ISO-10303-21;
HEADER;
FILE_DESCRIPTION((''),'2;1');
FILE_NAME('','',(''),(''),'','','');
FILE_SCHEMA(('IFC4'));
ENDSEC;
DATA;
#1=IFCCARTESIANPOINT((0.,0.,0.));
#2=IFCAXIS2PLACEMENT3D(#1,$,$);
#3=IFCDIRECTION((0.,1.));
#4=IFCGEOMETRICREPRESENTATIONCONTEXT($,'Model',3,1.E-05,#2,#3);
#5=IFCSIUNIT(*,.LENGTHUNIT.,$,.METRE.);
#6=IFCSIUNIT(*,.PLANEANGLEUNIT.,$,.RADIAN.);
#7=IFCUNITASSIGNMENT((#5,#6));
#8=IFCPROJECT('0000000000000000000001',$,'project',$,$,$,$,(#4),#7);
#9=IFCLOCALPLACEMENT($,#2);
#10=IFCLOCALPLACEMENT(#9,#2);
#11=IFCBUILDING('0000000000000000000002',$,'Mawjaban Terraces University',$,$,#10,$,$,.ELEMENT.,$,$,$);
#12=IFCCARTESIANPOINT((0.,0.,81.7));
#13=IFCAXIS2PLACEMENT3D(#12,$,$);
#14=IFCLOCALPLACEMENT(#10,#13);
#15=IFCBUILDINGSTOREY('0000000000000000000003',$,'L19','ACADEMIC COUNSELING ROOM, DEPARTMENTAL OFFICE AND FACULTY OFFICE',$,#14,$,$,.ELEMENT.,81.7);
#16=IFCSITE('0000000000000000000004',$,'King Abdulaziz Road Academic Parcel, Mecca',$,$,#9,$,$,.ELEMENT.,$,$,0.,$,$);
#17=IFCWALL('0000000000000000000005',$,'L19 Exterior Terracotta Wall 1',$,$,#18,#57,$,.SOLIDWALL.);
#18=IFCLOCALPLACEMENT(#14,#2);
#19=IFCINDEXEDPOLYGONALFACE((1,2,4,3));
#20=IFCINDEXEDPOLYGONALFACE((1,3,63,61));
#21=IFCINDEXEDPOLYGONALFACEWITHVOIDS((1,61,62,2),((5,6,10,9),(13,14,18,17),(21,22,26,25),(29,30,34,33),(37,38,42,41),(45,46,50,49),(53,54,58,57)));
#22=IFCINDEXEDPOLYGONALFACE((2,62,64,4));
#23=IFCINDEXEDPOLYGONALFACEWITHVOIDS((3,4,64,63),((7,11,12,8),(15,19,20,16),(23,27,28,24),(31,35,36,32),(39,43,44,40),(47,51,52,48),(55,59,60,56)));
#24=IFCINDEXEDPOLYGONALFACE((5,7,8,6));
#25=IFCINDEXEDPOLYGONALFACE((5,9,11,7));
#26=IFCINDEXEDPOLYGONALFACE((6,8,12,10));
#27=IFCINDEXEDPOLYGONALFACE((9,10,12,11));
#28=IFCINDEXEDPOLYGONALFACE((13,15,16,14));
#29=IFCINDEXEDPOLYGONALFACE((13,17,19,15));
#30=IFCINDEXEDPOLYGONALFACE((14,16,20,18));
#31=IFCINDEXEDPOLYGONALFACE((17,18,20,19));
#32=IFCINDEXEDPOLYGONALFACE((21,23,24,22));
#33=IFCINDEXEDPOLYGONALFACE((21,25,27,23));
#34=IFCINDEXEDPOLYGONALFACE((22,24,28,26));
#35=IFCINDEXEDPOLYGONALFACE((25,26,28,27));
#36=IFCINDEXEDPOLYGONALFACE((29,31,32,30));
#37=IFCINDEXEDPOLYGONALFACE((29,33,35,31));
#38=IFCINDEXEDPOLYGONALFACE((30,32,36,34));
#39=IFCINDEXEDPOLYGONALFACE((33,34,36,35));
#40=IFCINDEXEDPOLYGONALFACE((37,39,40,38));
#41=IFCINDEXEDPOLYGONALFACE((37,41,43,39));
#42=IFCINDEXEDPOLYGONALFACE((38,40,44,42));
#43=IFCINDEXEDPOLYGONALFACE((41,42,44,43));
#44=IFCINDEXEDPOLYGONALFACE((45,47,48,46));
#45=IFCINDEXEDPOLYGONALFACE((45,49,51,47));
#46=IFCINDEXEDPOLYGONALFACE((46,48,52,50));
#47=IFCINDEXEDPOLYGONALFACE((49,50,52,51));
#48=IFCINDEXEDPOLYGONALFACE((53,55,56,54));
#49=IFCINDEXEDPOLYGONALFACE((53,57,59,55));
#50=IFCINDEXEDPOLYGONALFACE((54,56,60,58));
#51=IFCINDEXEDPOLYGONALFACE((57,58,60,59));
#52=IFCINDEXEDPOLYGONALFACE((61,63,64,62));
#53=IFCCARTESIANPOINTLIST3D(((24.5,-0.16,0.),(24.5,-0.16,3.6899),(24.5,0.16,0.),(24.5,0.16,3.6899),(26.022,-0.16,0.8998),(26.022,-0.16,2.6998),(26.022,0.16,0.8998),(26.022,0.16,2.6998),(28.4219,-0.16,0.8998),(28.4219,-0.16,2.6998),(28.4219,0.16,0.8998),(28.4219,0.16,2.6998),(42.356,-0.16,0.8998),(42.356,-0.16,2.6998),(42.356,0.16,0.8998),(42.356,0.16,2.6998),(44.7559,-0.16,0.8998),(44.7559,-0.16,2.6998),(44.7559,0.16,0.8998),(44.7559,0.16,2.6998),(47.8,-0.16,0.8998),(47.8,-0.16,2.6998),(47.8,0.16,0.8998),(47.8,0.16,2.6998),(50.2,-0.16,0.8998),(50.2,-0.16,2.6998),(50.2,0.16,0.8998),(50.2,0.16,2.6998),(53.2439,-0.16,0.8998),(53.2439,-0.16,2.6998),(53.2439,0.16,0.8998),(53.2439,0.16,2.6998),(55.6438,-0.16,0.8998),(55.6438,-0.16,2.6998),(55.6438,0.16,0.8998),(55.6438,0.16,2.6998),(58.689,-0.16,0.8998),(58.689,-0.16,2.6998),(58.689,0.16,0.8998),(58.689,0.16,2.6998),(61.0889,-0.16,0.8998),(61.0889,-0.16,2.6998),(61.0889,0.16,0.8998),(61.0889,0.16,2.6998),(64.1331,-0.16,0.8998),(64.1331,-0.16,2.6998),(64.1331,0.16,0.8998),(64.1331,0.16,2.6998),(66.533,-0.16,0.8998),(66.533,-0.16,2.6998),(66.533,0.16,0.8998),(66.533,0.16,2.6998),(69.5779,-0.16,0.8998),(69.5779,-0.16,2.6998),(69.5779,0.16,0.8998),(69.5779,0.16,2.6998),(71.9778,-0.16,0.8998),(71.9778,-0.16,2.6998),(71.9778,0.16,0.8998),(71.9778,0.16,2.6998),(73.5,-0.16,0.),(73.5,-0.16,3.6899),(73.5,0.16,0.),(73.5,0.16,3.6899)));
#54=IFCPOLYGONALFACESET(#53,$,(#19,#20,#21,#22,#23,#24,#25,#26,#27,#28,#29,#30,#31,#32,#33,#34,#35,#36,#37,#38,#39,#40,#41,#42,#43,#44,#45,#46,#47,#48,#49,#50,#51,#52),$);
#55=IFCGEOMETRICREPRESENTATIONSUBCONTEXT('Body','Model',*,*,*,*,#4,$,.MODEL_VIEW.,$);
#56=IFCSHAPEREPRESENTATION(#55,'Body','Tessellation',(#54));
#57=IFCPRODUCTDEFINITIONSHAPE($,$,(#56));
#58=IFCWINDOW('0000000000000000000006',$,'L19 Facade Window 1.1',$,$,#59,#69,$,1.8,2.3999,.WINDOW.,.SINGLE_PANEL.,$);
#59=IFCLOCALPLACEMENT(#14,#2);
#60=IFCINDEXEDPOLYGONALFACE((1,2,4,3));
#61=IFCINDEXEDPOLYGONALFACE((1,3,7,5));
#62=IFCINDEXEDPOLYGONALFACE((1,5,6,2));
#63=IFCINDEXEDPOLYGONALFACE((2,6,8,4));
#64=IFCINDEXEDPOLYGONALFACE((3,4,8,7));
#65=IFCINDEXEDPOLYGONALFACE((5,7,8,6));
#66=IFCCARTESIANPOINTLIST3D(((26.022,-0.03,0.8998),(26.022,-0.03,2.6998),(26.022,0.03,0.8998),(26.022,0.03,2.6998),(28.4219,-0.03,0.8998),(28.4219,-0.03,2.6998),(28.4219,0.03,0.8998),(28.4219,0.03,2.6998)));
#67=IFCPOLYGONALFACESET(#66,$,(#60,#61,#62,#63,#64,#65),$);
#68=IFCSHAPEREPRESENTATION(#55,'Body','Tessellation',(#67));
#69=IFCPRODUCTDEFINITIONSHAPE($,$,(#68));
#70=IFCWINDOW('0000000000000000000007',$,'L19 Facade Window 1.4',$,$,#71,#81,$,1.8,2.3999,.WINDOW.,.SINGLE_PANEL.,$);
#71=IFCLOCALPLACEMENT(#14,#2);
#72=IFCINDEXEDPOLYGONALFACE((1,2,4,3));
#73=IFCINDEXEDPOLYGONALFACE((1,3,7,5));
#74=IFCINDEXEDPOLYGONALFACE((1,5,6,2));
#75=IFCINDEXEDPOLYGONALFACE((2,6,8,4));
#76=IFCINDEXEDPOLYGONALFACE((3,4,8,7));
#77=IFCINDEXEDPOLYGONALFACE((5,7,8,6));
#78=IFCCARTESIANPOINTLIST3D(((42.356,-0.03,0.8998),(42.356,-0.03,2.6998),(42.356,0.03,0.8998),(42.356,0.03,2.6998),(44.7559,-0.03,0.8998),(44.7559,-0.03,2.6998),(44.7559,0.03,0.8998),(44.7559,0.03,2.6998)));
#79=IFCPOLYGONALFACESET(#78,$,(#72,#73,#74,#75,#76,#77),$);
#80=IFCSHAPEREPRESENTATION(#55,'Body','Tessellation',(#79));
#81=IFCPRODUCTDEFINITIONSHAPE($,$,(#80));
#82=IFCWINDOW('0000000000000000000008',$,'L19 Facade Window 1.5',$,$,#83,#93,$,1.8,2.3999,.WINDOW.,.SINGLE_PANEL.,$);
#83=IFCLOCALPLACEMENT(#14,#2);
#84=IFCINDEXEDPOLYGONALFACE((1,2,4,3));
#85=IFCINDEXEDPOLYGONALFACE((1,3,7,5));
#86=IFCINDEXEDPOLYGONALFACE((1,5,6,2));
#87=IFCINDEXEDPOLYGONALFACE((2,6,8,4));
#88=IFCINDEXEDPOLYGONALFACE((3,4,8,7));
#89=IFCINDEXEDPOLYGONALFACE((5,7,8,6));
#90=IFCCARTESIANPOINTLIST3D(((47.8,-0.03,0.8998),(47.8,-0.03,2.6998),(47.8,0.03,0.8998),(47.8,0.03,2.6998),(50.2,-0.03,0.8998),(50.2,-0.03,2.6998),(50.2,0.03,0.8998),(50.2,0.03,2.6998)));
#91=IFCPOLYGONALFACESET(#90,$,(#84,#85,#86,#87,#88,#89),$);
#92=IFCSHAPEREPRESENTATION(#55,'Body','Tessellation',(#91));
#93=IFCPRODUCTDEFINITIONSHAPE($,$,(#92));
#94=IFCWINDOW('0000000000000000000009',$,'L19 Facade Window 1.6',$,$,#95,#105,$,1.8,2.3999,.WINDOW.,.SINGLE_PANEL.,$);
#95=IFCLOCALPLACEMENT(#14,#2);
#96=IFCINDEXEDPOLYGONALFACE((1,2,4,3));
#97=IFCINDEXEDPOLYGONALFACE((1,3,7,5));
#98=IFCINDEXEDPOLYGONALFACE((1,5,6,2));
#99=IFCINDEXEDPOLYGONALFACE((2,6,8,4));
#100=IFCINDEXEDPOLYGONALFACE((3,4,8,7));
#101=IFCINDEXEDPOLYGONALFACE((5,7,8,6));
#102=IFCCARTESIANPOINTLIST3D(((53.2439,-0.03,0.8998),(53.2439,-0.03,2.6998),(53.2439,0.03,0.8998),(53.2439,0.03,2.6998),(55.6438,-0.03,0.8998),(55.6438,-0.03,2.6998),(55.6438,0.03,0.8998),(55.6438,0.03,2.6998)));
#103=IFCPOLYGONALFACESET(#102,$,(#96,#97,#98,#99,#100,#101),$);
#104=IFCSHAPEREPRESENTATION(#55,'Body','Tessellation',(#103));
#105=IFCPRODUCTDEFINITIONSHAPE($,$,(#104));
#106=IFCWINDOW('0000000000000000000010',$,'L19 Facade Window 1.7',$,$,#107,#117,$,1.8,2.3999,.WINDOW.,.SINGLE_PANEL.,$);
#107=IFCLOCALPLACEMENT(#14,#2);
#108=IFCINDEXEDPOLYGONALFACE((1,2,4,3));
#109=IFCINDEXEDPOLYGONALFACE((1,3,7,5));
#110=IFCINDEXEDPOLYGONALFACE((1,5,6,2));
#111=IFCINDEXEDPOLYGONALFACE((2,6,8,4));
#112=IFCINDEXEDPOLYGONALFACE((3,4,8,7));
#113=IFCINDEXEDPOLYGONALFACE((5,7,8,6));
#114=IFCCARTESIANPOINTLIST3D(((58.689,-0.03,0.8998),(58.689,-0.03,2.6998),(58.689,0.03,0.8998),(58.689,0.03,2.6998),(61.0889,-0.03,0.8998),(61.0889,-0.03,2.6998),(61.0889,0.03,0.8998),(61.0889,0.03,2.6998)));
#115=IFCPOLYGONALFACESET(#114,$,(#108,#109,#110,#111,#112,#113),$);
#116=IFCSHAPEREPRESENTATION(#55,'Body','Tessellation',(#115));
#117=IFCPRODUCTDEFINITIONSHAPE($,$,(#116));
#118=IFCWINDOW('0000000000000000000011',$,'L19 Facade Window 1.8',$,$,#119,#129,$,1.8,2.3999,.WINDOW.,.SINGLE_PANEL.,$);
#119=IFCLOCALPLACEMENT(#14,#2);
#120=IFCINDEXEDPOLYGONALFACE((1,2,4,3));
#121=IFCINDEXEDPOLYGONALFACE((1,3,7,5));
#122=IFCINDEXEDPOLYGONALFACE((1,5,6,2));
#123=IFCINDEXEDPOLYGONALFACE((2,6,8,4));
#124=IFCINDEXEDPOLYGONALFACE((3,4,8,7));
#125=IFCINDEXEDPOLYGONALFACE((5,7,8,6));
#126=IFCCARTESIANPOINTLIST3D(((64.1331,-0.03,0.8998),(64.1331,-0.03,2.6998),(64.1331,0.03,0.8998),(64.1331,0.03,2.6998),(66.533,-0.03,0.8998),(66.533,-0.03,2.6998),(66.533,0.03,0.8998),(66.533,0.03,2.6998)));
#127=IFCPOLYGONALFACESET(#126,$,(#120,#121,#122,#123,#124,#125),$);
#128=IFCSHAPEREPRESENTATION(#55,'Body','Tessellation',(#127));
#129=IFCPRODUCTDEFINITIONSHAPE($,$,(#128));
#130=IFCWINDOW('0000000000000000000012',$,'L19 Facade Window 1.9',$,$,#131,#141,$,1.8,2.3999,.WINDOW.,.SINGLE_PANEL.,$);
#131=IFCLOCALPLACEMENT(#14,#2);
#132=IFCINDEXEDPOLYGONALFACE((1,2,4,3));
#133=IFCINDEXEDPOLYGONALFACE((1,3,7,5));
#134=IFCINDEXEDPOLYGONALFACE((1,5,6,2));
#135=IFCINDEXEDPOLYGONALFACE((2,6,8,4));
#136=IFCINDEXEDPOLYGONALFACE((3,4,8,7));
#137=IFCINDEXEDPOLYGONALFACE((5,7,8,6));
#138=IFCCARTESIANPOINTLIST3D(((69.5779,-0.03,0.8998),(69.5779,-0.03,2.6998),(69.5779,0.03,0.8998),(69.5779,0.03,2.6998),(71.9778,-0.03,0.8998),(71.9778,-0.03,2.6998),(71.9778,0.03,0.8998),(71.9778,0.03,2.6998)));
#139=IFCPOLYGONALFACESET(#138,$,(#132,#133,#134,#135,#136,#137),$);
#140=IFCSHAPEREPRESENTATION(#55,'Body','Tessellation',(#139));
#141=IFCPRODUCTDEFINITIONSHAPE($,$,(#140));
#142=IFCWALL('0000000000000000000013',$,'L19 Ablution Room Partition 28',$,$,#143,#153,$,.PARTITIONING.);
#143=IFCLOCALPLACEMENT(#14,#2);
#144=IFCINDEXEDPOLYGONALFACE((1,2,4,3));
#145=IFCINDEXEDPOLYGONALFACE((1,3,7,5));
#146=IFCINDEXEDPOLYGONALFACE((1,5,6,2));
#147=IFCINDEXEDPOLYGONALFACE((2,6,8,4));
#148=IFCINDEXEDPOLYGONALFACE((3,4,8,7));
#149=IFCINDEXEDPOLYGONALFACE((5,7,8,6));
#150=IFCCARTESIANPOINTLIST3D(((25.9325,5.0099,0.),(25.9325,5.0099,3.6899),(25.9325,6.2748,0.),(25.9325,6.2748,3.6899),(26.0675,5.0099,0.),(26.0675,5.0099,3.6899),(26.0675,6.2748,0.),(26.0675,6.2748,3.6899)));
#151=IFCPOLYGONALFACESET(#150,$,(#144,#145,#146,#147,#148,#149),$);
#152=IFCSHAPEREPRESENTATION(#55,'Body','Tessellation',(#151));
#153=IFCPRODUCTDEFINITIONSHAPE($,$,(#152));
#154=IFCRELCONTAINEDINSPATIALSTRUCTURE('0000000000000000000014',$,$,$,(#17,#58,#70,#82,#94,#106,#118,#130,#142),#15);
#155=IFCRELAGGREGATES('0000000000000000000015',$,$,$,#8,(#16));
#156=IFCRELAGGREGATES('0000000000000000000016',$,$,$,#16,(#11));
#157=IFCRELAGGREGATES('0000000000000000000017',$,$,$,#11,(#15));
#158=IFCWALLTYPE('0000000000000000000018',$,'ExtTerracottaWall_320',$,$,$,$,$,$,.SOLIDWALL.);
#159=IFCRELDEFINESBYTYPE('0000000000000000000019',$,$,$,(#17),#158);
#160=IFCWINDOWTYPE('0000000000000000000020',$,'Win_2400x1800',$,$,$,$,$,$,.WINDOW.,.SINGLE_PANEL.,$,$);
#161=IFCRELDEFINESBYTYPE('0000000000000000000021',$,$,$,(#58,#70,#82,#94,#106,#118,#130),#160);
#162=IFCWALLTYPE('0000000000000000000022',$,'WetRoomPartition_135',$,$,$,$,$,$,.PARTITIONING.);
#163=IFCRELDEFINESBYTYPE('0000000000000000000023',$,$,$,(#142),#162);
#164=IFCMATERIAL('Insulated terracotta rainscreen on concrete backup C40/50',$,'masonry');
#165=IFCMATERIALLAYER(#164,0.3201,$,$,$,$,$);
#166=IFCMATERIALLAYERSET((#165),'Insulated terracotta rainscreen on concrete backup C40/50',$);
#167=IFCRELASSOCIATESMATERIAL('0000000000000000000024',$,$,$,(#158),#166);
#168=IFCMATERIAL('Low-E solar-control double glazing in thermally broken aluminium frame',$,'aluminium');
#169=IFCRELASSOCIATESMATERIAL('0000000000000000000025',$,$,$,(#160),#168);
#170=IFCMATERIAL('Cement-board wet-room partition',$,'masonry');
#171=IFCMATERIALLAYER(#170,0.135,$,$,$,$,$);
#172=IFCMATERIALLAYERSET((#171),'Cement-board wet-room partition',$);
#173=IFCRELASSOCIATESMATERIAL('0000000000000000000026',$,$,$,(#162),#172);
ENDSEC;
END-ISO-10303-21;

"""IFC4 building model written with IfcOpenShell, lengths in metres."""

from ifc_helpers import new_model, si_unit, direction, frame, frame_2d, origin, place, context, subcontext, project, spatial, rectangle, extrude, material, layer, layer_set, type_object, element, fill, save


model = new_model("IFC4")

# Units and contexts
model_context = context("Model", 3, precision=1e-05, world=origin(), true_north=direction((0.0, 1.0)))
body_context = subcontext(model_context, "Body", "Model", "MODEL_VIEW")
ifc_project = project(units=[si_unit("LENGTHUNIT", "METRE"), si_unit("PLANEANGLEUNIT", "RADIAN")], contexts=[model_context])

# Site, building, storey
site_placement = place(None, origin())
site = spatial("IfcSite", under=ifc_project, at=site_placement, Name="King Abdulaziz Road Academic Parcel, Mecca", CompositionType="ELEMENT", RefElevation=0.0)
building_placement = place(site_placement, origin())
building = spatial("IfcBuilding", under=site, at=building_placement, Name="Mawjaban Terraces University", CompositionType="ELEMENT")
storey_placement = place(building_placement, frame((0.0, 0.0, 81.7)))
storey = spatial("IfcBuildingStorey", under=building, at=storey_placement, Name="L19", Description="ACADEMIC COUNSELING ROOM, DEPARTMENTAL OFFICE AND FACULTY OFFICE", CompositionType="ELEMENT", Elevation=81.7)

# Wall, openings, windows
ifc_material_1 = material(Name="Insulated terracotta rainscreen on concrete backup C40/50", Category="masonry")
ifc_layer_1 = layer(ifc_material_1, 0.3201)
ifc_layer_set_1 = layer_set([ifc_layer_1], Name="Insulated terracotta rainscreen on concrete backup C40/50")
wall_type_1 = type_object("IfcWallType", Name="ExtTerracottaWall_320", PredefinedType="SOLIDWALL", material=ifc_layer_set_1)
wall_1_placement = place(storey_placement, frame((24.5, 0.0, 0.0), z_axis=(0.0, 0.0, 1.0), x_axis=(1.0, 0.0, 0.0)))
wall_1 = element("IfcWall", 1, at=wall_1_placement, inside=storey, type_object=wall_type_1, Name="L19 Exterior Terracotta Wall 1", PredefinedType="SOLIDWALL", context=body_context, shape_type="SweptSolid", body=[
    extrude(rectangle(XDim=49.0, YDim=0.3201, at=frame_2d((24.5, 0.0))), origin(), (0.0, 0.0, 1.0), 3.6899),
])
opening_1_placement = place(wall_1_placement, frame((1.522, 0.0, 0.8999)))
opening_1 = element("IfcOpeningElement", 2, at=opening_1_placement, cuts=wall_1, PredefinedType="OPENING", context=body_context, shape_type="SweptSolid", body=[
    extrude(rectangle(XDim=2.3999, YDim=1.8, at=frame_2d((1.2, 0.8999))), frame((0.0, 0.1699, 0.0), z_axis=(0.0, -1.0, 0.0), x_axis=(1.0, 0.0, 0.0)), (0.0, 0.0, 1.0), 0.3401),
])
opening_2_placement = place(wall_1_placement, frame((17.856, 0.0, 0.8999)))
opening_2 = element("IfcOpeningElement", 3, at=opening_2_placement, cuts=wall_1, PredefinedType="OPENING", context=body_context, shape_type="SweptSolid", body=[
    extrude(rectangle(XDim=2.3999, YDim=1.8, at=frame_2d((1.2, 0.8999))), frame((0.0, 0.1699, 0.0), z_axis=(0.0, -1.0, 0.0), x_axis=(1.0, 0.0, 0.0)), (0.0, 0.0, 1.0), 0.3401),
])
opening_3_placement = place(wall_1_placement, frame((23.3, 0.0, 0.8999)))
opening_3 = element("IfcOpeningElement", 4, at=opening_3_placement, cuts=wall_1, PredefinedType="OPENING", context=body_context, shape_type="SweptSolid", body=[
    extrude(rectangle(XDim=2.3999, YDim=1.8, at=frame_2d((1.2, 0.8999))), frame((0.0, 0.1699, 0.0), z_axis=(0.0, -1.0, 0.0), x_axis=(1.0, 0.0, 0.0)), (0.0, 0.0, 1.0), 0.3401),
])
opening_4_placement = place(wall_1_placement, frame((28.7439, 0.0, 0.8999)))
opening_4 = element("IfcOpeningElement", 5, at=opening_4_placement, cuts=wall_1, PredefinedType="OPENING", context=body_context, shape_type="SweptSolid", body=[
    extrude(rectangle(XDim=2.3999, YDim=1.8, at=frame_2d((1.2, 0.8999))), frame((0.0, 0.1699, 0.0), z_axis=(0.0, -1.0, 0.0), x_axis=(1.0, 0.0, 0.0)), (0.0, 0.0, 1.0), 0.3401),
])
opening_5_placement = place(wall_1_placement, frame((34.189, 0.0, 0.8999)))
opening_5 = element("IfcOpeningElement", 6, at=opening_5_placement, cuts=wall_1, PredefinedType="OPENING", context=body_context, shape_type="SweptSolid", body=[
    extrude(rectangle(XDim=2.3999, YDim=1.8, at=frame_2d((1.2, 0.8999))), frame((0.0, 0.1699, 0.0), z_axis=(0.0, -1.0, 0.0), x_axis=(1.0, 0.0, 0.0)), (0.0, 0.0, 1.0), 0.3401),
])
opening_6_placement = place(wall_1_placement, frame((39.6331, 0.0, 0.8999)))
opening_6 = element("IfcOpeningElement", 7, at=opening_6_placement, cuts=wall_1, PredefinedType="OPENING", context=body_context, shape_type="SweptSolid", body=[
    extrude(rectangle(XDim=2.3999, YDim=1.8, at=frame_2d((1.2, 0.8999))), frame((0.0, 0.1699, 0.0), z_axis=(0.0, -1.0, 0.0), x_axis=(1.0, 0.0, 0.0)), (0.0, 0.0, 1.0), 0.3401),
])
opening_7_placement = place(wall_1_placement, frame((45.0779, 0.0, 0.8999)))
opening_7 = element("IfcOpeningElement", 8, at=opening_7_placement, cuts=wall_1, PredefinedType="OPENING", context=body_context, shape_type="SweptSolid", body=[
    extrude(rectangle(XDim=2.3999, YDim=1.8, at=frame_2d((1.2, 0.8999))), frame((0.0, 0.1699, 0.0), z_axis=(0.0, -1.0, 0.0), x_axis=(1.0, 0.0, 0.0)), (0.0, 0.0, 1.0), 0.3401),
])
ifc_material_2 = material(Name="Low-E solar-control double glazing in thermally broken aluminium frame", Category="aluminium")
window_type = type_object("IfcWindowType", Name="Win_2400x1800", PartitioningType="SINGLE_PANEL", PredefinedType="WINDOW", material=ifc_material_2)
window_1_placement = place(opening_1_placement, origin())
window_1 = element("IfcWindow", 9, at=window_1_placement, inside=storey, type_object=window_type, Name="L19 Facade Window 1.1", OverallHeight=1.8, OverallWidth=2.3999, PartitioningType="SINGLE_PANEL", PredefinedType="WINDOW", context=body_context, shape_type="SweptSolid", body=[
    extrude(rectangle(XDim=2.3999, YDim=1.8, at=frame_2d((1.2, 0.8999))), frame((0.0, 0.03, 0.0), z_axis=(0.0, -1.0, 0.0), x_axis=(1.0, 0.0, 0.0)), (0.0, 0.0, 1.0), 0.0601),
])
fill(opening_1, window_1)
window_2_placement = place(opening_2_placement, origin())
window_2 = element("IfcWindow", 10, at=window_2_placement, inside=storey, type_object=window_type, Name="L19 Facade Window 1.4", OverallHeight=1.8, OverallWidth=2.3999, PartitioningType="SINGLE_PANEL", PredefinedType="WINDOW", context=body_context, shape_type="SweptSolid", body=[
    extrude(rectangle(XDim=2.3999, YDim=1.8, at=frame_2d((1.2, 0.8999))), frame((0.0, 0.03, 0.0), z_axis=(0.0, -1.0, 0.0), x_axis=(1.0, 0.0, 0.0)), (0.0, 0.0, 1.0), 0.0601),
])
fill(opening_2, window_2)
window_3_placement = place(opening_3_placement, origin())
window_3 = element("IfcWindow", 11, at=window_3_placement, inside=storey, type_object=window_type, Name="L19 Facade Window 1.5", OverallHeight=1.8, OverallWidth=2.3999, PartitioningType="SINGLE_PANEL", PredefinedType="WINDOW", context=body_context, shape_type="SweptSolid", body=[
    extrude(rectangle(XDim=2.3999, YDim=1.8, at=frame_2d((1.2, 0.8999))), frame((0.0, 0.03, 0.0), z_axis=(0.0, -1.0, 0.0), x_axis=(1.0, 0.0, 0.0)), (0.0, 0.0, 1.0), 0.0601),
])
fill(opening_3, window_3)
window_4_placement = place(opening_4_placement, origin())
window_4 = element("IfcWindow", 12, at=window_4_placement, inside=storey, type_object=window_type, Name="L19 Facade Window 1.6", OverallHeight=1.8, OverallWidth=2.3999, PartitioningType="SINGLE_PANEL", PredefinedType="WINDOW", context=body_context, shape_type="SweptSolid", body=[
    extrude(rectangle(XDim=2.3999, YDim=1.8, at=frame_2d((1.2, 0.8999))), frame((0.0, 0.03, 0.0), z_axis=(0.0, -1.0, 0.0), x_axis=(1.0, 0.0, 0.0)), (0.0, 0.0, 1.0), 0.0601),
])
fill(opening_4, window_4)
window_5_placement = place(opening_5_placement, origin())
window_5 = element("IfcWindow", 13, at=window_5_placement, inside=storey, type_object=window_type, Name="L19 Facade Window 1.7", OverallHeight=1.8, OverallWidth=2.3999, PartitioningType="SINGLE_PANEL", PredefinedType="WINDOW", context=body_context, shape_type="SweptSolid", body=[
    extrude(rectangle(XDim=2.3999, YDim=1.8, at=frame_2d((1.2, 0.8999))), frame((0.0, 0.03, 0.0), z_axis=(0.0, -1.0, 0.0), x_axis=(1.0, 0.0, 0.0)), (0.0, 0.0, 1.0), 0.0601),
])
fill(opening_5, window_5)
window_6_placement = place(opening_6_placement, origin())
window_6 = element("IfcWindow", 14, at=window_6_placement, inside=storey, type_object=window_type, Name="L19 Facade Window 1.8", OverallHeight=1.8, OverallWidth=2.3999, PartitioningType="SINGLE_PANEL", PredefinedType="WINDOW", context=body_context, shape_type="SweptSolid", body=[
    extrude(rectangle(XDim=2.3999, YDim=1.8, at=frame_2d((1.2, 0.8999))), frame((0.0, 0.03, 0.0), z_axis=(0.0, -1.0, 0.0), x_axis=(1.0, 0.0, 0.0)), (0.0, 0.0, 1.0), 0.0601),
])
fill(opening_6, window_6)
window_7_placement = place(opening_7_placement, origin())
window_7 = element("IfcWindow", 15, at=window_7_placement, inside=storey, type_object=window_type, Name="L19 Facade Window 1.9", OverallHeight=1.8, OverallWidth=2.3999, PartitioningType="SINGLE_PANEL", PredefinedType="WINDOW", context=body_context, shape_type="SweptSolid", body=[
    extrude(rectangle(XDim=2.3999, YDim=1.8, at=frame_2d((1.2, 0.8999))), frame((0.0, 0.03, 0.0), z_axis=(0.0, -1.0, 0.0), x_axis=(1.0, 0.0, 0.0)), (0.0, 0.0, 1.0), 0.0601),
])
fill(opening_7, window_7)

# Wall
ifc_material_3 = material(Name="Cement-board wet-room partition", Category="masonry")
ifc_layer_2 = layer(ifc_material_3, 0.135)
ifc_layer_set_2 = layer_set([ifc_layer_2], Name="Cement-board wet-room partition")
wall_type_2 = type_object("IfcWallType", Name="WetRoomPartition_135", PredefinedType="PARTITIONING", material=ifc_layer_set_2)
wall_2_placement = place(storey_placement, frame((26.0, 5.01, 0.0), z_axis=(0.0, 0.0, 1.0), x_axis=(0.0, 1.0, 0.0)))
element("IfcWall", 16, at=wall_2_placement, inside=storey, type_object=wall_type_2, Name="L19 Ablution Room Partition 28", PredefinedType="PARTITIONING", context=body_context, shape_type="SweptSolid", body=[
    extrude(rectangle(XDim=1.2649, YDim=0.135, at=frame_2d((0.6323, 0.0))), origin(), (0.0, 0.0, 1.0), 3.6899),
])

save(model, "model.ifc")
